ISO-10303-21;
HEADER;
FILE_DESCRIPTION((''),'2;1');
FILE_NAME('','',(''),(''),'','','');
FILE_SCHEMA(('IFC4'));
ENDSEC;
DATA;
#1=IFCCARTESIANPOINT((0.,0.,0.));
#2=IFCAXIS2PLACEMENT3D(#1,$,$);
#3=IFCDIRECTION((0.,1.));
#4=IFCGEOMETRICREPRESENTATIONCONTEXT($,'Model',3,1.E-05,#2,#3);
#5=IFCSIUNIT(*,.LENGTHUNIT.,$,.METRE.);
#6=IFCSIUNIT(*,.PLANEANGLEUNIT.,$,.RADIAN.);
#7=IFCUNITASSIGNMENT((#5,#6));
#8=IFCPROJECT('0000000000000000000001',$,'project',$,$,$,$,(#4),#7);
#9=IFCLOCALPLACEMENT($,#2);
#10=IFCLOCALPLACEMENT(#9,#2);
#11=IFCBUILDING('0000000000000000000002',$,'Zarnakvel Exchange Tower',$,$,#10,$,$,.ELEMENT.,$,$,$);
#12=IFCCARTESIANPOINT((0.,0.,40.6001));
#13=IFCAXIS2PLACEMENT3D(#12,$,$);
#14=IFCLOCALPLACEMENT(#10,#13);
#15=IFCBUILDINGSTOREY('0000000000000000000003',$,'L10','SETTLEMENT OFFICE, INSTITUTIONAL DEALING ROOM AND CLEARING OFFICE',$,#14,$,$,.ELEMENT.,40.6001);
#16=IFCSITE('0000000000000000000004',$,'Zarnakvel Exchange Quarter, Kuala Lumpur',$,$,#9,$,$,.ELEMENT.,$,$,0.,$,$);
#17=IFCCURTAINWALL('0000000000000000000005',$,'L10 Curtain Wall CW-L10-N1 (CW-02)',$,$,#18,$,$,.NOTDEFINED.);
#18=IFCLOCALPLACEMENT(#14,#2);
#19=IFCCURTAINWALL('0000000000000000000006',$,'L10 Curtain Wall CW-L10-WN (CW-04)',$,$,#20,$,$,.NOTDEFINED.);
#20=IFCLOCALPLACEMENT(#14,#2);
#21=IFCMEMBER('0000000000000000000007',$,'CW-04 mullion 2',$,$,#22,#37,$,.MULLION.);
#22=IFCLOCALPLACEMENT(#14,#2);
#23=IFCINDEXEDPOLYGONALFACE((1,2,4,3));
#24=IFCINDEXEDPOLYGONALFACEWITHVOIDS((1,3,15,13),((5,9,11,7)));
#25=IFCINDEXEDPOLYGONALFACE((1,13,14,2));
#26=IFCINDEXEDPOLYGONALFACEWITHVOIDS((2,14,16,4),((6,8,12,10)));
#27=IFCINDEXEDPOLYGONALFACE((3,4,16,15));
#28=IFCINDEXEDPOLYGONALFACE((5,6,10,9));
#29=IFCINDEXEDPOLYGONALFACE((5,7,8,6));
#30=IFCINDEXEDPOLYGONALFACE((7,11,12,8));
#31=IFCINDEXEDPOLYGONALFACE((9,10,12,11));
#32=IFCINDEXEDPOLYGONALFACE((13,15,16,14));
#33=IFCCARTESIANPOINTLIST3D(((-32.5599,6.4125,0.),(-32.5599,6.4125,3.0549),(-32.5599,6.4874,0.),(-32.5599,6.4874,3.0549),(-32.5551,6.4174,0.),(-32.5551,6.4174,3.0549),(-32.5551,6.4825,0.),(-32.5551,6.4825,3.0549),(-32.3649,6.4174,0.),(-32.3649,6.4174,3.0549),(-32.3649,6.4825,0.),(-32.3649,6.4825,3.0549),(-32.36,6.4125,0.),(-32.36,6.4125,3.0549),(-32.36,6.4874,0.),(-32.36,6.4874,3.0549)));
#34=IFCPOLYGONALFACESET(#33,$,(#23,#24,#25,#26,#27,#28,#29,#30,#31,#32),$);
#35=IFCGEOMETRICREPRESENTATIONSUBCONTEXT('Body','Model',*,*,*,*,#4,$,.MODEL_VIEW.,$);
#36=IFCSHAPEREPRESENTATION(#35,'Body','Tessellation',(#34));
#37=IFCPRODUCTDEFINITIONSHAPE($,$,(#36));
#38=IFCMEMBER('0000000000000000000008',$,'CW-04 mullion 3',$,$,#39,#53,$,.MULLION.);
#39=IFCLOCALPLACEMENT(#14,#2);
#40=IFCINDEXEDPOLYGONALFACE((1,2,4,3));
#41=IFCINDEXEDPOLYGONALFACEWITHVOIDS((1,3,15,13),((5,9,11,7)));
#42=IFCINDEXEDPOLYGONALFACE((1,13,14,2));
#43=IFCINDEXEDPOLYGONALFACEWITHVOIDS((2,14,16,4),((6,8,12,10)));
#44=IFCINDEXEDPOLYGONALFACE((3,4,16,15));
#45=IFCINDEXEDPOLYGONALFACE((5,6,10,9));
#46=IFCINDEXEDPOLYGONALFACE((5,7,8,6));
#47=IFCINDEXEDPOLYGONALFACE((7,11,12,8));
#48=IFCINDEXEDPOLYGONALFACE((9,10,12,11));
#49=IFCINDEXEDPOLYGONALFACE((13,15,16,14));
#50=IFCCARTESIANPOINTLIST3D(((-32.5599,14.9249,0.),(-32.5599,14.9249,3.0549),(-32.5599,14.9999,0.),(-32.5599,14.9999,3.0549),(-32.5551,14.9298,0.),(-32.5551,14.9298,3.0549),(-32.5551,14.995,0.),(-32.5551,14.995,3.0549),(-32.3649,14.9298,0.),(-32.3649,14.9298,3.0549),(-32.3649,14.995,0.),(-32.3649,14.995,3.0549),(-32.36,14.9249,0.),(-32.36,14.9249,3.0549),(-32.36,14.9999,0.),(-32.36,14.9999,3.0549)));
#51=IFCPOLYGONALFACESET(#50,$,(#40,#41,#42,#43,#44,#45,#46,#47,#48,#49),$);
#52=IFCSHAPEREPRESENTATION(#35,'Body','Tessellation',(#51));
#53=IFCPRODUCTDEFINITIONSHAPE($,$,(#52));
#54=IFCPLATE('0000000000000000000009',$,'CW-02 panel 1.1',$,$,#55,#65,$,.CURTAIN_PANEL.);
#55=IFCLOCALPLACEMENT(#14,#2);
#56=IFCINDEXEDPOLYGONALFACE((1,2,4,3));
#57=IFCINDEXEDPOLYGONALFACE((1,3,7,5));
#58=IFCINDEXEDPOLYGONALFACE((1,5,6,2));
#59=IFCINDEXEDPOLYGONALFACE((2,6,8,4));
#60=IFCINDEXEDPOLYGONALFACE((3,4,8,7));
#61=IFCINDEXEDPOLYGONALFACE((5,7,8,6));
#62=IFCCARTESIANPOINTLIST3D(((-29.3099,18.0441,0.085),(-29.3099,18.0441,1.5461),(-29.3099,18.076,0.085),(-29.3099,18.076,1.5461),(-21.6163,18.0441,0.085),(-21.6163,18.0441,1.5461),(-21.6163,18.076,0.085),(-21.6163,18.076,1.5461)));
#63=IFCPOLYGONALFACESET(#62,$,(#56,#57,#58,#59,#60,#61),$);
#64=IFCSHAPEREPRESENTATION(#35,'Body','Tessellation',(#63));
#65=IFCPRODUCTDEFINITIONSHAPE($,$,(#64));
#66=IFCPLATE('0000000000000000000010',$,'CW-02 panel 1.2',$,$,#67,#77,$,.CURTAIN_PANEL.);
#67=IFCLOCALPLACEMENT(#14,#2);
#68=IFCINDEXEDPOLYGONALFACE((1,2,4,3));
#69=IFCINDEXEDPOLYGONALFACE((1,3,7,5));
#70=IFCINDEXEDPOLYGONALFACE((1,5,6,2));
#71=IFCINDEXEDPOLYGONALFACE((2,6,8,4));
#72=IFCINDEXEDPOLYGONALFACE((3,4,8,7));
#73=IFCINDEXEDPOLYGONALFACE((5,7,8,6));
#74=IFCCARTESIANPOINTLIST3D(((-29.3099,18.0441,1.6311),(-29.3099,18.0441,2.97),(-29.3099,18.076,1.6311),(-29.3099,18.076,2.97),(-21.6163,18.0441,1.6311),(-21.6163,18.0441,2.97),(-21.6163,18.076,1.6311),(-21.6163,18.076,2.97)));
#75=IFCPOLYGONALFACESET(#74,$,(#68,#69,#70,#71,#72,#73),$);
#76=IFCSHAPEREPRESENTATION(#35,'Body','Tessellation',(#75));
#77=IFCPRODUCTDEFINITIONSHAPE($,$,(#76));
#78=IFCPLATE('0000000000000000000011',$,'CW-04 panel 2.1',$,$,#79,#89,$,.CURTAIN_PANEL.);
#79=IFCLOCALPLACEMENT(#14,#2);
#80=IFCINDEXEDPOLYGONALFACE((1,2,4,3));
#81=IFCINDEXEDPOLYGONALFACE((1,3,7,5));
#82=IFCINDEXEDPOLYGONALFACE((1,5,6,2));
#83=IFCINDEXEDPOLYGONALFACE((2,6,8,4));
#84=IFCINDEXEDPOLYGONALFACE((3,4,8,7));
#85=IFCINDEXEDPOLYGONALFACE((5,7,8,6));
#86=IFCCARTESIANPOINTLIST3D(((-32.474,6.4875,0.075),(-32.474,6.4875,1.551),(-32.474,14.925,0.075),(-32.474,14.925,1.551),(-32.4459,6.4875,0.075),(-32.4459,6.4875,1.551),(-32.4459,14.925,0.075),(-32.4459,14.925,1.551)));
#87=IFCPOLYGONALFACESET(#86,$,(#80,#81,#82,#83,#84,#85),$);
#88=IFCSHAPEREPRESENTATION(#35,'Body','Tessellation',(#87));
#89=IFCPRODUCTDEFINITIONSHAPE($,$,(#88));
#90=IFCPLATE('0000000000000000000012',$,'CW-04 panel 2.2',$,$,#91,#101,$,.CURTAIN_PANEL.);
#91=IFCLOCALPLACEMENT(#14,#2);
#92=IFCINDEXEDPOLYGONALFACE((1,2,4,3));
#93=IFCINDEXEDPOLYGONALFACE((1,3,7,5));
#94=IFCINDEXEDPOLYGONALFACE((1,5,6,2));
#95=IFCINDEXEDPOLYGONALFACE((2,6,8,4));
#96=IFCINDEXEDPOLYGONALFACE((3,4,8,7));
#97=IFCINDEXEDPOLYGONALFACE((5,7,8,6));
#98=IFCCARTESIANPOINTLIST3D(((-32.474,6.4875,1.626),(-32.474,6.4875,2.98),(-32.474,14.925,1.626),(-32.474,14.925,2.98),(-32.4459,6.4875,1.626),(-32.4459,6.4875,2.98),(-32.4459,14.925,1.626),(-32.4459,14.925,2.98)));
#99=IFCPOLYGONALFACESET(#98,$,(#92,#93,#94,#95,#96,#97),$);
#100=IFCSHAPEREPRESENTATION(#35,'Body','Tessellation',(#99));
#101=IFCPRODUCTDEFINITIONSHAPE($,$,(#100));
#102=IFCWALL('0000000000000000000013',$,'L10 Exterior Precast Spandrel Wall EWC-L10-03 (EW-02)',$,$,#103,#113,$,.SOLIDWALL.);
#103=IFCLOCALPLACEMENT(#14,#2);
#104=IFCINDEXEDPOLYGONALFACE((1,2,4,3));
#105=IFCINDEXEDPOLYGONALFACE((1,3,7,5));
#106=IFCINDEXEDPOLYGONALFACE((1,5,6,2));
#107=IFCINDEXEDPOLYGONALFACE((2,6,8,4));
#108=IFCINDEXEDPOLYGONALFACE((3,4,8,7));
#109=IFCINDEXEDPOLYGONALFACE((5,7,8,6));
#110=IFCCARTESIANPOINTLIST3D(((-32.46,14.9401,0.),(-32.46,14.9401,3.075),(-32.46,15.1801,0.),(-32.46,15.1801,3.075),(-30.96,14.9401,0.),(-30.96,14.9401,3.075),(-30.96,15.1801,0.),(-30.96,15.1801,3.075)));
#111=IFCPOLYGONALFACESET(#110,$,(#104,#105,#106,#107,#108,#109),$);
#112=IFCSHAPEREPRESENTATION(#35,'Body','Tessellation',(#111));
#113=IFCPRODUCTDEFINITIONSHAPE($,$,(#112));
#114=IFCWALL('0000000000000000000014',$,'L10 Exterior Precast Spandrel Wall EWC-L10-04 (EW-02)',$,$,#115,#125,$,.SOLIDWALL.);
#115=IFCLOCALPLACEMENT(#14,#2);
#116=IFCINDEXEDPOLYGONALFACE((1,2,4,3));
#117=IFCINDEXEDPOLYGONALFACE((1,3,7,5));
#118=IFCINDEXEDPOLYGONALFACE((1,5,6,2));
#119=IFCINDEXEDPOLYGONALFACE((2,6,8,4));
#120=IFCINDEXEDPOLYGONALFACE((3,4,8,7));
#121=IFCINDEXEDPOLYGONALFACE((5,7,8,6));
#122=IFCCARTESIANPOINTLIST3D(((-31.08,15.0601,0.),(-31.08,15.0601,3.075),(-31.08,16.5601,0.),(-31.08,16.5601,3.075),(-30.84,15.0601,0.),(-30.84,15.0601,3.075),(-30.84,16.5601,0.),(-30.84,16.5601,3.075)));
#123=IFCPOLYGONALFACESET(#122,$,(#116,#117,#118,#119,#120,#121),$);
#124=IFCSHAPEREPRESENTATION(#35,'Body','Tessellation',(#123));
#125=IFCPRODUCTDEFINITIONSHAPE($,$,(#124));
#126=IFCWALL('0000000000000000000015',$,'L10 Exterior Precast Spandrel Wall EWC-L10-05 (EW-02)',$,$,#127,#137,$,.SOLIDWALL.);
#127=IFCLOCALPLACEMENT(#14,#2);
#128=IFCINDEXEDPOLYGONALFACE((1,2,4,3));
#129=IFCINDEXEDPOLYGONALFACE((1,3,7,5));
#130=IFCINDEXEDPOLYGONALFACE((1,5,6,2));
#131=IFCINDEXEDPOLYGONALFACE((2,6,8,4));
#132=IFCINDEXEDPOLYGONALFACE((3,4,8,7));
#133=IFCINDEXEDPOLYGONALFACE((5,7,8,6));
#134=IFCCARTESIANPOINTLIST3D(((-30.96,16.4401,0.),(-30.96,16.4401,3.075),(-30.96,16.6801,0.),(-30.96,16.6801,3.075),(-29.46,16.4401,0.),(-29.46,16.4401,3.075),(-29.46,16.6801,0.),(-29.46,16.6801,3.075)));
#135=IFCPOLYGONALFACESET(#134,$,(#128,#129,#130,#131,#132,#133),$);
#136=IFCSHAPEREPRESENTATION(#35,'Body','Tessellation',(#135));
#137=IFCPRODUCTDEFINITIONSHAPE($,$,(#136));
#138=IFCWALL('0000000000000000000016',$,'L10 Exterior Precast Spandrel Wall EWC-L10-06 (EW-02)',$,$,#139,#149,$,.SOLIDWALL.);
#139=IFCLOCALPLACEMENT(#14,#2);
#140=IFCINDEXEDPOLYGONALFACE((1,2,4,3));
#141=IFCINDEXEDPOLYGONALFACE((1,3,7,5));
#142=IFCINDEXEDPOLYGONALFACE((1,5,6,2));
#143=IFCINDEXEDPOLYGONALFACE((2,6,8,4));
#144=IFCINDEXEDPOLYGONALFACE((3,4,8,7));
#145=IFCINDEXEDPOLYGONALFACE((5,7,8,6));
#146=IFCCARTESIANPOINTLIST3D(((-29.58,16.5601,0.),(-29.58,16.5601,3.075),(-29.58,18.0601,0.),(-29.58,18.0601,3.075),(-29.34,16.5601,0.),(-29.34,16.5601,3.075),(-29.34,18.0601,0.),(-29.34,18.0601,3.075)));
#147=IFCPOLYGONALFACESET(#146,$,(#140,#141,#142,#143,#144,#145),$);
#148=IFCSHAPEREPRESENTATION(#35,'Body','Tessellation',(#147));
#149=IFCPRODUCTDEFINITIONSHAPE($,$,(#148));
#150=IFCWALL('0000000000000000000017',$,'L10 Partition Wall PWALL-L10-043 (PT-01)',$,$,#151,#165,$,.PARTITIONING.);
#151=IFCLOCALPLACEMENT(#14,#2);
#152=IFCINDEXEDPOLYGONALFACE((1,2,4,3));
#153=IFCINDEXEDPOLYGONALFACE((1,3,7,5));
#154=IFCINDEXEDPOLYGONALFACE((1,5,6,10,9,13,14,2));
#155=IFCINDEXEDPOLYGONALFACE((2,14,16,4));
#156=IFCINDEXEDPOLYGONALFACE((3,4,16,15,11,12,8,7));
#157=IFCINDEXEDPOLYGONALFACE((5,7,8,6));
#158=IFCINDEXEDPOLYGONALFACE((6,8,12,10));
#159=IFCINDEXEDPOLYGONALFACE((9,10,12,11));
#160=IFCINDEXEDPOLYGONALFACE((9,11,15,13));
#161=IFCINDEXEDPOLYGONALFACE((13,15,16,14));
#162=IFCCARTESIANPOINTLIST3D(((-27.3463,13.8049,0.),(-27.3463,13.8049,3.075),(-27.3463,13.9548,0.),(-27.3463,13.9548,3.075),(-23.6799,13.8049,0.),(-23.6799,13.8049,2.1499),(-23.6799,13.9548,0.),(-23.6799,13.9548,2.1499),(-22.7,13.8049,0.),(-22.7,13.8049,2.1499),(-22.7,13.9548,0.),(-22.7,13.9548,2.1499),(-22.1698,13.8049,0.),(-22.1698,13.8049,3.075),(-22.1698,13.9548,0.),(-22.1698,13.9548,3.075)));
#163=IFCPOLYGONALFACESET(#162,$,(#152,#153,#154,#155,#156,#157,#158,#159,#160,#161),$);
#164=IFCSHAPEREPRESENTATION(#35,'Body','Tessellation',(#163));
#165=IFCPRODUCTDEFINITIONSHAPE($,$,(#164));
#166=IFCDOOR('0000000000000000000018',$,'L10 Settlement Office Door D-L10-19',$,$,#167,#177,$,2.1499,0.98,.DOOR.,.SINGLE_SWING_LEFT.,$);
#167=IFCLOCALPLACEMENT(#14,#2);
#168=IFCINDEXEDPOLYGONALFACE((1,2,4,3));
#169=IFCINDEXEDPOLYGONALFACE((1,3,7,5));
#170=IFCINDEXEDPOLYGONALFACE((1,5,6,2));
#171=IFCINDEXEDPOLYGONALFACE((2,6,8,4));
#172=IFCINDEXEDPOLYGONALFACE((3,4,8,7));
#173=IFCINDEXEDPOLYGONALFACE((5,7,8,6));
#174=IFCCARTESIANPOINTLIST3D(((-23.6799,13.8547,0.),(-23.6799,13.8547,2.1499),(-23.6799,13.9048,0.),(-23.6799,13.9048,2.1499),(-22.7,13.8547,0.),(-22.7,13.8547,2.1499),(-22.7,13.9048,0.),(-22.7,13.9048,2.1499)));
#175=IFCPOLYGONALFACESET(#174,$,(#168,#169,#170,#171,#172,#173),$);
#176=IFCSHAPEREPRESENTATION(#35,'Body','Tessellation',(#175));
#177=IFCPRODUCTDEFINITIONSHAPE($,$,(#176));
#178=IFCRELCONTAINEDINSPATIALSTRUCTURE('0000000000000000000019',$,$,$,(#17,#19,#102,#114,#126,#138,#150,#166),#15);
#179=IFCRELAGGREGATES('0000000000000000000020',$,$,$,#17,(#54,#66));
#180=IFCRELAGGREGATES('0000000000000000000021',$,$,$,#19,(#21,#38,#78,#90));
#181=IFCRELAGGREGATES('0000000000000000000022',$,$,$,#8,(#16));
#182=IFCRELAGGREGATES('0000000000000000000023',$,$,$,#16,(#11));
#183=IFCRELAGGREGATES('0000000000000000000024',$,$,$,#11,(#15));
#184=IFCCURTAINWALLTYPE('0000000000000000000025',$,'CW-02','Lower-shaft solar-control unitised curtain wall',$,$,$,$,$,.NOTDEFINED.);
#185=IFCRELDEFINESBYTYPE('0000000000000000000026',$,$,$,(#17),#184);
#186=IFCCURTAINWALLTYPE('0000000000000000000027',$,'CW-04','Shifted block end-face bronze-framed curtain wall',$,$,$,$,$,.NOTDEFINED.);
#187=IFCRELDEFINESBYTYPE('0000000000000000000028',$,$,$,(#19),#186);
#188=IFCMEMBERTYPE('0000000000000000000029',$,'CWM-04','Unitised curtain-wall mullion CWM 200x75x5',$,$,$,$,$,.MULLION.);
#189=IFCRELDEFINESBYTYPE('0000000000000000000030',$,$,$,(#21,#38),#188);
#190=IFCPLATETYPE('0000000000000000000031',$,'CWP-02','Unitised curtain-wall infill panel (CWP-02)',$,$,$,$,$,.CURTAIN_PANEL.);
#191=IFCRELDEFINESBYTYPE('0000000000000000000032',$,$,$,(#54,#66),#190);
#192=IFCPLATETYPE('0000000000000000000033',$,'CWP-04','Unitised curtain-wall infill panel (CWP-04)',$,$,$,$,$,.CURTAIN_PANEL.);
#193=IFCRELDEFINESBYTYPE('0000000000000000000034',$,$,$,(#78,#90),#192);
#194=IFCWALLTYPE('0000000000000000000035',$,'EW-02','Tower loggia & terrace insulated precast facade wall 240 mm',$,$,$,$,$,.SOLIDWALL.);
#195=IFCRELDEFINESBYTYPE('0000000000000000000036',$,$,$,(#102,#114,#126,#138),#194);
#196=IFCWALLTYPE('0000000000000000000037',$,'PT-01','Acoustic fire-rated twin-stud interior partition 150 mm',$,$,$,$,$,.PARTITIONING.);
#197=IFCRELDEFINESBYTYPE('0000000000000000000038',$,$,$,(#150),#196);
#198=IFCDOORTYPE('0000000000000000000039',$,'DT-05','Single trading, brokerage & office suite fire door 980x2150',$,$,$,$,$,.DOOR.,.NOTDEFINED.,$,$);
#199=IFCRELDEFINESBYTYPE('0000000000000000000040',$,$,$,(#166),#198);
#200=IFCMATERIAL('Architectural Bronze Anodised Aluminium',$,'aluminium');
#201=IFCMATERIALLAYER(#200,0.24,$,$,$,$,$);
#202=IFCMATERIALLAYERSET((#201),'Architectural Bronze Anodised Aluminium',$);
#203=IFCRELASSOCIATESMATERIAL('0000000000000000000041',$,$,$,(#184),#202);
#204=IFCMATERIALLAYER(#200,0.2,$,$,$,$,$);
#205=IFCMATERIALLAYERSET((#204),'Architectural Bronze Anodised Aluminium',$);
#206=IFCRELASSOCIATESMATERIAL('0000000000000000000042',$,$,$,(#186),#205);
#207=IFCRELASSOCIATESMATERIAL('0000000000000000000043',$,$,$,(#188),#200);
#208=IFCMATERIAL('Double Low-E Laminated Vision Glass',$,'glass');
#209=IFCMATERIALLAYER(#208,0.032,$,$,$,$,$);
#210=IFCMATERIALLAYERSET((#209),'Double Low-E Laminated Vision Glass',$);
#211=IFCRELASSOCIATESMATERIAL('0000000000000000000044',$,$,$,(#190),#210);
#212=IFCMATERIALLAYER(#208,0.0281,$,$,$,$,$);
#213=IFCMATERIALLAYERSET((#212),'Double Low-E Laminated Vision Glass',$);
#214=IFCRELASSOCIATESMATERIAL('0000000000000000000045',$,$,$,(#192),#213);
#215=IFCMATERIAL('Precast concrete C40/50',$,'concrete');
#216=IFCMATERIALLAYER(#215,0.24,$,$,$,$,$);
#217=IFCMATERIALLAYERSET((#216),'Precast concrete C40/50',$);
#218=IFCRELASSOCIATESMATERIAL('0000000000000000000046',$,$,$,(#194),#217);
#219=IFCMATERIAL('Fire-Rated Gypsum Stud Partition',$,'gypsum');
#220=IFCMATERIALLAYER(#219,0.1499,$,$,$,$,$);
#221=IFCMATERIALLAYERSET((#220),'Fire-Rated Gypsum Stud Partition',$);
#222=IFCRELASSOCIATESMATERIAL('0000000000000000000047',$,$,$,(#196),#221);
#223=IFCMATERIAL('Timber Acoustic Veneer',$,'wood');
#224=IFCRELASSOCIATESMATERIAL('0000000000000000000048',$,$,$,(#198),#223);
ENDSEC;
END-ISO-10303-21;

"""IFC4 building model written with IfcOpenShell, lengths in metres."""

from ifc_helpers import new_model, si_unit, direction, frame, frame_2d, origin, origin_2d, place, context, subcontext, project, spatial, rectangle, hollow_rectangle, extrude, source, transform, mapped, material, layer, layer_set, material_profile, profile_set, type_object, element, fill, aggregate, save


model = new_model("IFC4")

# Units and contexts
model_context = context("Model", 3, precision=1e-05, world=origin(), true_north=direction((0.0, 1.0)))
body_context = subcontext(model_context, "Body", "Model", "MODEL_VIEW")
ifc_project = project(units=[si_unit("LENGTHUNIT", "METRE"), si_unit("PLANEANGLEUNIT", "RADIAN")], contexts=[model_context])

# Site, building, storey
site_placement = place(None, origin())
site = spatial("IfcSite", under=ifc_project, at=site_placement, Name="Zarnakvel Exchange Quarter, Kuala Lumpur", CompositionType="ELEMENT", RefElevation=0.0)
building_placement = place(site_placement, origin())
building = spatial("IfcBuilding", under=site, at=building_placement, Name="Zarnakvel Exchange Tower", CompositionType="ELEMENT")
storey_placement = place(building_placement, frame((0.0, 0.0, 40.6001)))
storey = spatial("IfcBuildingStorey", under=building, at=storey_placement, Name="L10", Description="SETTLEMENT OFFICE, INSTITUTIONAL DEALING ROOM AND CLEARING OFFICE", CompositionType="ELEMENT", Elevation=40.6001)

# Curtain walls
ifc_material_1 = material(Name="Architectural Bronze Anodised Aluminium", Category="aluminium")
ifc_layer_1 = layer(ifc_material_1, 0.24)
ifc_layer_set_1 = layer_set([ifc_layer_1], Name="Architectural Bronze Anodised Aluminium")
curtain_wall_type_1 = type_object("IfcCurtainWallType", Name="CW-02", Description="Lower-shaft solar-control unitised curtain wall", PredefinedType="NOTDEFINED", material=ifc_layer_set_1)
curtain_wall_1_placement = place(storey_placement, origin())
curtain_wall_1 = element("IfcCurtainWall", 1, at=curtain_wall_1_placement, inside=storey, type_object=curtain_wall_type_1, Name="L10 Curtain Wall CW-L10-N1 (CW-02)", PredefinedType="NOTDEFINED")
ifc_layer_2 = layer(ifc_material_1, 0.2)
ifc_layer_set_2 = layer_set([ifc_layer_2], Name="Architectural Bronze Anodised Aluminium")
curtain_wall_type_2 = type_object("IfcCurtainWallType", Name="CW-04", Description="Shifted block end-face bronze-framed curtain wall", PredefinedType="NOTDEFINED", material=ifc_layer_set_2)
curtain_wall_2_placement = place(storey_placement, origin())
curtain_wall_2 = element("IfcCurtainWall", 2, at=curtain_wall_2_placement, inside=storey, type_object=curtain_wall_type_2, Name="L10 Curtain Wall CW-L10-WN (CW-04)", PredefinedType="NOTDEFINED")

# Members
ifc_material_profile_1 = material_profile(ifc_material_1, hollow_rectangle(XDim=0.2, YDim=0.075, WallThickness=0.0049, at=origin_2d()))
ifc_profile_set_1 = profile_set([ifc_material_profile_1], Name="Architectural Bronze Anodised Aluminium")
member_type_1 = type_object("IfcMemberType", Name="CWM-04", Description="Unitised curtain-wall mullion CWM 200x75x5", PredefinedType="MULLION", material=ifc_profile_set_1)
shared_shape_1 = source(origin(), body_context, "Body", "SweptSolid", [
    extrude(hollow_rectangle(XDim=0.2, YDim=0.075, WallThickness=0.0049, at=origin_2d()), origin(), (0.0, 0.0, 1.0), 3.0549),
])
member_1_placement = place(storey_placement, frame((-32.46, 6.45, 0.0), z_axis=(0.0, 0.0, 1.0), x_axis=(-1.0, 0.0, 0.0)))
member_1 = element("IfcMember", 3, at=member_1_placement, type_object=member_type_1, Name="CW-04 mullion 2", PredefinedType="MULLION", context=body_context, shape_type="MappedRepresentation", body=[
    mapped(shared_shape_1, transform((0.0, 0.0, 0.0), x_axis=(1.0, 0.0, 0.0), y_axis=(0.0, 1.0, 0.0), z_axis=(0.0, 0.0, 1.0), scale=1.0)),
])
member_2_placement = place(storey_placement, frame((-32.46, 14.9624, 0.0), z_axis=(0.0, 0.0, 1.0), x_axis=(-1.0, 0.0, 0.0)))
member_2 = element("IfcMember", 4, at=member_2_placement, type_object=member_type_1, Name="CW-04 mullion 3", PredefinedType="MULLION", context=body_context, shape_type="MappedRepresentation", body=[
    mapped(shared_shape_1, transform((0.0, 0.0, 0.0), x_axis=(1.0, 0.0, 0.0), y_axis=(0.0, 1.0, 0.0), z_axis=(0.0, 0.0, 1.0), scale=1.0)),
])

# Plates
ifc_material_2 = material(Name="Double Low-E Laminated Vision Glass", Category="glass")
ifc_layer_3 = layer(ifc_material_2, 0.032)
ifc_layer_set_3 = layer_set([ifc_layer_3], Name="Double Low-E Laminated Vision Glass")
plate_type_1 = type_object("IfcPlateType", Name="CWP-02", Description="Unitised curtain-wall infill panel (CWP-02)", PredefinedType="CURTAIN_PANEL", material=ifc_layer_set_3)
shared_shape_2 = source(origin(), body_context, "Body", "SweptSolid", [
    extrude(rectangle(XDim=7.6936, YDim=0.032, at=origin_2d()), origin(), (0.0, 0.0, 1.0), 1.4612),
])
plate_1_placement = place(storey_placement, frame((-25.4631, 18.0601, 0.085), z_axis=(0.0, 0.0, 1.0), x_axis=(1.0, 0.0, 0.0)))
plate_1 = element("IfcPlate", 5, at=plate_1_placement, type_object=plate_type_1, Name="CW-02 panel 1.1", PredefinedType="CURTAIN_PANEL", context=body_context, shape_type="MappedRepresentation", body=[
    mapped(shared_shape_2, transform((0.0, 0.0, 0.0), x_axis=(1.0, 0.0, 0.0), y_axis=(0.0, 1.0, 0.0), z_axis=(0.0, 0.0, 1.0), scale=1.0)),
])
shared_shape_3 = source(origin(), body_context, "Body", "SweptSolid", [
    extrude(rectangle(XDim=7.6936, YDim=0.032, at=origin_2d()), origin(), (0.0, 0.0, 1.0), 1.3389),
])
plate_2_placement = place(storey_placement, frame((-25.4631, 18.0601, 1.6311), z_axis=(0.0, 0.0, 1.0), x_axis=(1.0, 0.0, 0.0)))
plate_2 = element("IfcPlate", 6, at=plate_2_placement, type_object=plate_type_1, Name="CW-02 panel 1.2", PredefinedType="CURTAIN_PANEL", context=body_context, shape_type="MappedRepresentation", body=[
    mapped(shared_shape_3, transform((0.0, 0.0, 0.0), x_axis=(1.0, 0.0, 0.0), y_axis=(0.0, 1.0, 0.0), z_axis=(0.0, 0.0, 1.0), scale=1.0)),
])
aggregate(curtain_wall_1, [plate_1, plate_2])
ifc_layer_4 = layer(ifc_material_2, 0.0281)
ifc_layer_set_4 = layer_set([ifc_layer_4], Name="Double Low-E Laminated Vision Glass")
plate_type_2 = type_object("IfcPlateType", Name="CWP-04", Description="Unitised curtain-wall infill panel (CWP-04)", PredefinedType="CURTAIN_PANEL", material=ifc_layer_set_4)
shared_shape_4 = source(origin(), body_context, "Body", "SweptSolid", [
    extrude(rectangle(XDim=8.4375, YDim=0.0281, at=origin_2d()), origin(), (0.0, 0.0, 1.0), 1.4761),
])
plate_3_placement = place(storey_placement, frame((-32.46, 10.7063, 0.075), z_axis=(0.0, 0.0, 1.0), x_axis=(0.0, 1.0, 0.0)))
plate_3 = element("IfcPlate", 7, at=plate_3_placement, type_object=plate_type_2, Name="CW-04 panel 2.1", PredefinedType="CURTAIN_PANEL", context=body_context, shape_type="MappedRepresentation", body=[
    mapped(shared_shape_4, transform((0.0, 0.0, 0.0), x_axis=(1.0, 0.0, 0.0), y_axis=(0.0, 1.0, 0.0), z_axis=(0.0, 0.0, 1.0), scale=1.0)),
])
shared_shape_5 = source(origin(), body_context, "Body", "SweptSolid", [
    extrude(rectangle(XDim=8.4375, YDim=0.0281, at=origin_2d()), origin(), (0.0, 0.0, 1.0), 1.354),
])
plate_4_placement = place(storey_placement, frame((-32.46, 10.7063, 1.626), z_axis=(0.0, 0.0, 1.0), x_axis=(0.0, 1.0, 0.0)))
plate_4 = element("IfcPlate", 8, at=plate_4_placement, type_object=plate_type_2, Name="CW-04 panel 2.2", PredefinedType="CURTAIN_PANEL", context=body_context, shape_type="MappedRepresentation", body=[
    mapped(shared_shape_5, transform((0.0, 0.0, 0.0), x_axis=(1.0, 0.0, 0.0), y_axis=(0.0, 1.0, 0.0), z_axis=(0.0, 0.0, 1.0), scale=1.0)),
])
aggregate(curtain_wall_2, [member_1, member_2, plate_3, plate_4])

# Walls
ifc_material_3 = material(Name="Precast concrete C40/50", Category="concrete")
ifc_layer_5 = layer(ifc_material_3, 0.24)
ifc_layer_set_5 = layer_set([ifc_layer_5], Name="Precast concrete C40/50")
wall_type_1 = type_object("IfcWallType", Name="EW-02", Description="Tower loggia & terrace insulated precast facade wall 240 mm", PredefinedType="SOLIDWALL", material=ifc_layer_set_5)
for number, where, z_axis, x_axis, name in (
    (9, (-30.96, 15.0601, 0.0), (0.0, 0.0, 1.0), (-1.0, 0.0, 0.0), "L10 Exterior Precast Spandrel Wall EWC-L10-03 (EW-02)"),
    (10, (-30.96, 16.5601, 0.0), (0.0, 0.0, 1.0), (0.0, -1.0, 0.0), "L10 Exterior Precast Spandrel Wall EWC-L10-04 (EW-02)"),
    (11, (-29.46, 16.5601, 0.0), (0.0, 0.0, 1.0), (-1.0, 0.0, 0.0), "L10 Exterior Precast Spandrel Wall EWC-L10-05 (EW-02)"),
    (12, (-29.46, 18.0601, 0.0), (0.0, 0.0, 1.0), (0.0, -1.0, 0.0), "L10 Exterior Precast Spandrel Wall EWC-L10-06 (EW-02)"),
):
    element("IfcWall", number, at=place(storey_placement, frame(where, z_axis=z_axis, x_axis=x_axis)), inside=storey, type_object=wall_type_1, Name=name, PredefinedType="SOLIDWALL", context=body_context, shape_type="SweptSolid", body=[
        extrude(rectangle(XDim=1.5, YDim=0.24, at=frame_2d((0.75, 0.0))), origin(), (0.0, 0.0, 1.0), 3.075),
    ])

# Wall, opening, door
ifc_material_4 = material(Name="Fire-Rated Gypsum Stud Partition", Category="gypsum")
ifc_layer_6 = layer(ifc_material_4, 0.1499)
ifc_layer_set_6 = layer_set([ifc_layer_6], Name="Fire-Rated Gypsum Stud Partition")
wall_type_2 = type_object("IfcWallType", Name="PT-01", Description="Acoustic fire-rated twin-stud interior partition 150 mm", PredefinedType="PARTITIONING", material=ifc_layer_set_6)
wall_1_placement = place(storey_placement, frame((-27.3464, 13.8799, 0.0), z_axis=(0.0, 0.0, 1.0), x_axis=(1.0, 0.0, 0.0)))
wall_1 = element("IfcWall", 13, at=wall_1_placement, inside=storey, type_object=wall_type_2, Name="L10 Partition Wall PWALL-L10-043 (PT-01)", PredefinedType="PARTITIONING", context=body_context, shape_type="SweptSolid", body=[
    extrude(rectangle(XDim=5.1765, YDim=0.1499, at=frame_2d((2.5884, 0.0))), origin(), (0.0, 0.0, 1.0), 3.075),
])
opening_placement = place(wall_1_placement, frame((3.6665, 0.0, 0.0)))
opening = element("IfcOpeningElement", 14, at=opening_placement, cuts=wall_1, PredefinedType="OPENING", context=body_context, shape_type="SweptSolid", body=[
    extrude(rectangle(XDim=0.98, YDim=2.1499, at=frame_2d((0.49, 1.075))), frame((0.0, 0.085, 0.0), z_axis=(0.0, -1.0, 0.0), x_axis=(1.0, 0.0, 0.0)), (0.0, 0.0, 1.0), 0.1699),
])
ifc_material_5 = material(Name="Timber Acoustic Veneer", Category="wood")
door_type = type_object("IfcDoorType", Name="DT-05", Description="Single trading, brokerage & office suite fire door 980x2150", OperationType="NOTDEFINED", PredefinedType="DOOR", material=ifc_material_5)
shared_shape_6 = source(origin(), body_context, "Body", "SweptSolid", [
    extrude(rectangle(XDim=0.98, YDim=2.1499, at=frame_2d((0.49, 1.075))), frame((0.0, 0.0249, 0.0), z_axis=(0.0, -1.0, 0.0), x_axis=(1.0, 0.0, 0.0)), (0.0, 0.0, 1.0), 0.05),
])
door_placement = place(opening_placement, origin())
door = element("IfcDoor", 15, at=door_placement, inside=storey, type_object=door_type, Name="L10 Settlement Office Door D-L10-19", OperationType="SINGLE_SWING_LEFT", OverallHeight=2.1499, OverallWidth=0.98, PredefinedType="DOOR", context=body_context, shape_type="MappedRepresentation", body=[
    mapped(shared_shape_6, transform((0.0, 0.0, 0.0), x_axis=(1.0, 0.0, 0.0), y_axis=(0.0, 1.0, 0.0), z_axis=(0.0, 0.0, 1.0), scale=1.0)),
])
fill(opening, door)

save(model, "model.ifc")
